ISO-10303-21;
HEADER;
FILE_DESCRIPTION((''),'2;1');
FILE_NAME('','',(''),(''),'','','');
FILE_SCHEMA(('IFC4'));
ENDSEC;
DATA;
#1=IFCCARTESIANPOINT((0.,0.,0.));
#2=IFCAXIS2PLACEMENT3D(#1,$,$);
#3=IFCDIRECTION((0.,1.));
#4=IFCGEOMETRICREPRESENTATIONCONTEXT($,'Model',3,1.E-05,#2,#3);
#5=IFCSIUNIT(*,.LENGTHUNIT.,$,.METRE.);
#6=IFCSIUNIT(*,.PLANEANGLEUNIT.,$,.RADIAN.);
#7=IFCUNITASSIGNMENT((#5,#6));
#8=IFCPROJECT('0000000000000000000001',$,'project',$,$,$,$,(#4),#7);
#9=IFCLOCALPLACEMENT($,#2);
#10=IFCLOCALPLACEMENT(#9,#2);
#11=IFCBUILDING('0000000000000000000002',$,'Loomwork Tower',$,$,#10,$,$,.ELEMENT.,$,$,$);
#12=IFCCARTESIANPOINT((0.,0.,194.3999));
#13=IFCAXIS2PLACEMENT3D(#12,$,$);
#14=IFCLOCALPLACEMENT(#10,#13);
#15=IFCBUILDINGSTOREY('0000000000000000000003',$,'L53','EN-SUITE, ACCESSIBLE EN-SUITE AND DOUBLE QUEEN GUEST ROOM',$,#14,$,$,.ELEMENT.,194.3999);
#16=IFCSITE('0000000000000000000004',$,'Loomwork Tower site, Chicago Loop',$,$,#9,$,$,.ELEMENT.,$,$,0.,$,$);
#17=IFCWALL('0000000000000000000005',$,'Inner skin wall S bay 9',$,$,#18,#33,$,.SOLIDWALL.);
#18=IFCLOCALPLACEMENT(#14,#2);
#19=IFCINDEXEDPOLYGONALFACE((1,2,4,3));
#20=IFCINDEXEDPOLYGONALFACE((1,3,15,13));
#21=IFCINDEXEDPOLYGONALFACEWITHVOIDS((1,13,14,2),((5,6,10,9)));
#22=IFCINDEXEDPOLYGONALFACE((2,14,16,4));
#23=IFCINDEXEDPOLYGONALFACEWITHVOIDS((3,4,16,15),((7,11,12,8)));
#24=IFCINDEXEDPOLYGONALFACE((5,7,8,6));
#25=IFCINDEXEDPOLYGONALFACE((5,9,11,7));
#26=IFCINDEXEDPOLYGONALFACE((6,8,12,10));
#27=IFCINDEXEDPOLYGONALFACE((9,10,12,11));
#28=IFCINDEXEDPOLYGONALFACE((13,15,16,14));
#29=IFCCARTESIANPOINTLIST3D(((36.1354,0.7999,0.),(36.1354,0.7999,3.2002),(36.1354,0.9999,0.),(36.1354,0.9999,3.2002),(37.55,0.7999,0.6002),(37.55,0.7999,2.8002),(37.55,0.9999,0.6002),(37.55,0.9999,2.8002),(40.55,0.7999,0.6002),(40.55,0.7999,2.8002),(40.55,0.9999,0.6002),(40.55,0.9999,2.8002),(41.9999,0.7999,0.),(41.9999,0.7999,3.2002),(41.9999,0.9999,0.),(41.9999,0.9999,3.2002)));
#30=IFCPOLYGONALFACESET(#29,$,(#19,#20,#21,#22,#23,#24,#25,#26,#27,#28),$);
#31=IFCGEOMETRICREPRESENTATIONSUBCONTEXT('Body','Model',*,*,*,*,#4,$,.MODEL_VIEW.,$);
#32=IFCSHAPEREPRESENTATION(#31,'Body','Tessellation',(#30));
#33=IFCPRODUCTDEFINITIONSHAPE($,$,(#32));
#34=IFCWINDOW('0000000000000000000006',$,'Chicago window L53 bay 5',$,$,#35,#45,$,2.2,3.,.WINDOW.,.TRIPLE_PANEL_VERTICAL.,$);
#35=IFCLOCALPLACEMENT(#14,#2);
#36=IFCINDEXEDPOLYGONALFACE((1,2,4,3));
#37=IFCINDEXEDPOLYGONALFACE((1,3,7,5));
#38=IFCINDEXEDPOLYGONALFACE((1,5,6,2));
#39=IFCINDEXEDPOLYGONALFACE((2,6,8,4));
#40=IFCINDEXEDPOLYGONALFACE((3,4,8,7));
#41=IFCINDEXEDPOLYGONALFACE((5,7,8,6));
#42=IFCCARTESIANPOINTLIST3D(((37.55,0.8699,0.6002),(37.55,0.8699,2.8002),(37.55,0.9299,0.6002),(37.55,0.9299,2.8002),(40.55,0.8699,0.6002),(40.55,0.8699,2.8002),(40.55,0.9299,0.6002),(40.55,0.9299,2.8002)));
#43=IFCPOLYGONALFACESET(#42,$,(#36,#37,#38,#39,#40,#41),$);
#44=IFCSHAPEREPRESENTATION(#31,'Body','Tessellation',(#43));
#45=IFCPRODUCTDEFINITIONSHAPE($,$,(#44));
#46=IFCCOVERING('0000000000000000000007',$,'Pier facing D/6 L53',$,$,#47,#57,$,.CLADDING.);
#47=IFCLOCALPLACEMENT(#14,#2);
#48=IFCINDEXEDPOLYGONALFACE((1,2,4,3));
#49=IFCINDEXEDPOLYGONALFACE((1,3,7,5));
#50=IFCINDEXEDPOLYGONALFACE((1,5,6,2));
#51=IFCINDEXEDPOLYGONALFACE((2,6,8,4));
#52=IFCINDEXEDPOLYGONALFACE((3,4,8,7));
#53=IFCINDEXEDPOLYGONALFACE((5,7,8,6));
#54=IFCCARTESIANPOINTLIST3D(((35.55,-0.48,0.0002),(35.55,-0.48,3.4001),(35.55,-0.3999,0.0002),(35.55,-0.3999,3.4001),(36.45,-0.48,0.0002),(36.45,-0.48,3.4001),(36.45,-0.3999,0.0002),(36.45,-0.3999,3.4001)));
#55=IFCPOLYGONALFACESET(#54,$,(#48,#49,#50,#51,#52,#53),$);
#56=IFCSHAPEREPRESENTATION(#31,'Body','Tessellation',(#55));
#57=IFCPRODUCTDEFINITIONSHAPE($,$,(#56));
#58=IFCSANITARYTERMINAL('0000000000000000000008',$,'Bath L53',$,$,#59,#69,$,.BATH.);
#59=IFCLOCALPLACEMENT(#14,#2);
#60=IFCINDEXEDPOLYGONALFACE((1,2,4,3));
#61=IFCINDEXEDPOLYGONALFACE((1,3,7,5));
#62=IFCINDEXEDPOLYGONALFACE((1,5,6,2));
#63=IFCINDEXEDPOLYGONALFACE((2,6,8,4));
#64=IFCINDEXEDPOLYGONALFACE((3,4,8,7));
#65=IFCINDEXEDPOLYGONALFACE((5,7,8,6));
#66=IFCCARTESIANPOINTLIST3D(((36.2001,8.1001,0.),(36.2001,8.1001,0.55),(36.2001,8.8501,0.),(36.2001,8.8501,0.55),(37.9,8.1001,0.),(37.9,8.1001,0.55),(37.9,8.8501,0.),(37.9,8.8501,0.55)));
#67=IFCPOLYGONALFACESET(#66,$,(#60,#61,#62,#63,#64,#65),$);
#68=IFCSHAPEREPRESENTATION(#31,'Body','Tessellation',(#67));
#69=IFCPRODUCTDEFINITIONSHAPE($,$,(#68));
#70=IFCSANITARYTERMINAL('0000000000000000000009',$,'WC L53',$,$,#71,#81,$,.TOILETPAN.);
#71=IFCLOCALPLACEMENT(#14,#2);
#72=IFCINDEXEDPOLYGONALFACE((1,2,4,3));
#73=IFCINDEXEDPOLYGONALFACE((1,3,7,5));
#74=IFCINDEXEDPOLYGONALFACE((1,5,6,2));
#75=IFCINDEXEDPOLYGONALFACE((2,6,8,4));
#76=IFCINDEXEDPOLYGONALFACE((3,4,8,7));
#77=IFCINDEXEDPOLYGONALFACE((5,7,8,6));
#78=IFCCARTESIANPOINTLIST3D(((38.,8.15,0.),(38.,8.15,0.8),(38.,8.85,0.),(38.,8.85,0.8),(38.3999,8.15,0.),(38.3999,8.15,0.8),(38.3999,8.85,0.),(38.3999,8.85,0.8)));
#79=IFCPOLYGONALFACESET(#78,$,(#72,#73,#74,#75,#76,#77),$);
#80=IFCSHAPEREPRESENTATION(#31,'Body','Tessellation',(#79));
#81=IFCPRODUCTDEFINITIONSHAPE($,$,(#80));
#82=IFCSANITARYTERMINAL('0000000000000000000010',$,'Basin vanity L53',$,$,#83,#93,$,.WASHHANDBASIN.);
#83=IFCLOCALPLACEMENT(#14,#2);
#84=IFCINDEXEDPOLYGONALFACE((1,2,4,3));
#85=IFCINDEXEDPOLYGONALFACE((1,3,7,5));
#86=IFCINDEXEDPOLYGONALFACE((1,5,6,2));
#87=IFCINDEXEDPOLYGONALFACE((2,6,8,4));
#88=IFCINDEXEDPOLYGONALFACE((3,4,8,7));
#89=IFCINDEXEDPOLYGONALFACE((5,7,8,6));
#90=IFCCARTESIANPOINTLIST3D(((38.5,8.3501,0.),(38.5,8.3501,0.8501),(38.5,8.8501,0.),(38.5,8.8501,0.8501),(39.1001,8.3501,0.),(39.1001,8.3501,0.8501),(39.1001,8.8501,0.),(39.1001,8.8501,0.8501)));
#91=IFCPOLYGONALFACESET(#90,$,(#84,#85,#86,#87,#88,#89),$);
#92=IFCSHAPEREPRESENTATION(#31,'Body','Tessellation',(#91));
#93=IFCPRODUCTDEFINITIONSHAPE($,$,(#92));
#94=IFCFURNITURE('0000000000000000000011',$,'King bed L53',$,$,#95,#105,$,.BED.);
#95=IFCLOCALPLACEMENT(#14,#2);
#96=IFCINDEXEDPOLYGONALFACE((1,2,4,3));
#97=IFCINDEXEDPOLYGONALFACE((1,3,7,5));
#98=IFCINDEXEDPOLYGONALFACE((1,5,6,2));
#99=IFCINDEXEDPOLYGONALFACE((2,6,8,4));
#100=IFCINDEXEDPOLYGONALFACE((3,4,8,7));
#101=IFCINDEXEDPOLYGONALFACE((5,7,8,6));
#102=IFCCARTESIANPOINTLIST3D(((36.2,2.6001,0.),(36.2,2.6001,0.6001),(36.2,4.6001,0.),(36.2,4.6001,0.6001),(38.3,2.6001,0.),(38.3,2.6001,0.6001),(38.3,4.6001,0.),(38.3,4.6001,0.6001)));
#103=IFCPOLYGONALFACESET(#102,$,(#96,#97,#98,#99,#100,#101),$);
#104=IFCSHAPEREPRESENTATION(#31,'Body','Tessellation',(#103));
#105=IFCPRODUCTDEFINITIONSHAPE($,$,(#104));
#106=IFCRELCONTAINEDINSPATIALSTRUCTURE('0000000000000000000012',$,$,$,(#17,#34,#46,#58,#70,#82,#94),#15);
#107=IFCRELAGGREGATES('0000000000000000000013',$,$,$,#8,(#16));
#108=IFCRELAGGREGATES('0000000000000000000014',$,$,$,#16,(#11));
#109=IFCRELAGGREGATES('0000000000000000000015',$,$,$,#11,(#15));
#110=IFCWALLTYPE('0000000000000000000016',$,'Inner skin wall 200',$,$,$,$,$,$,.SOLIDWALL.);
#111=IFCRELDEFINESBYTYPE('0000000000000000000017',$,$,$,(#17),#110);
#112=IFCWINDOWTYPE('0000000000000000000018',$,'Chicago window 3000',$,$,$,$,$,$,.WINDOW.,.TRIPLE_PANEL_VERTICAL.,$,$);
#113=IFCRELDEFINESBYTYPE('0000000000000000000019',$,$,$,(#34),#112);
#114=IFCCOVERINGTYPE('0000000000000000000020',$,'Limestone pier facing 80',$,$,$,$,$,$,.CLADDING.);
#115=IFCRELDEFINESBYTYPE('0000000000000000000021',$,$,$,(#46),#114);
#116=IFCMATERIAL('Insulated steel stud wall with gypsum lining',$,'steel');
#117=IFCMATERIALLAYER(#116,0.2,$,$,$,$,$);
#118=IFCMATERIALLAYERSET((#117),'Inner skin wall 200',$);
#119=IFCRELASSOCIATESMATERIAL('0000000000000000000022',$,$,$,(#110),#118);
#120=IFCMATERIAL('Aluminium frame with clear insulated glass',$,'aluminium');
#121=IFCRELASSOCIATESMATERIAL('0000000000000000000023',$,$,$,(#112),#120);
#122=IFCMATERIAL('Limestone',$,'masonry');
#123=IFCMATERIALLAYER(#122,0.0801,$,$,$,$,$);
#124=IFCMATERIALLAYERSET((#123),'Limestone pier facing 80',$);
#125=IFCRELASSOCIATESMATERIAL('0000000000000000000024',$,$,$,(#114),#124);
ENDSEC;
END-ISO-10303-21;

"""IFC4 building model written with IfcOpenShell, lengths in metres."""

from ifc_helpers import new_model, si_unit, direction, frame, frame_2d, origin, origin_2d, place, context, subcontext, project, spatial, rectangle, extrude, material, layer, layer_set, type_object, element, fill, save


model = new_model("IFC4")

# Units and contexts
model_context = context("Model", 3, precision=1e-05, world=origin(), true_north=direction((0.0, 1.0)))
body_context = subcontext(model_context, "Body", "Model", "MODEL_VIEW")
ifc_project = project(units=[si_unit("LENGTHUNIT", "METRE"), si_unit("PLANEANGLEUNIT", "RADIAN")], contexts=[model_context])

# Site, building, storey
site_placement = place(None, origin())
site = spatial("IfcSite", under=ifc_project, at=site_placement, Name="Loomwork Tower site, Chicago Loop", CompositionType="ELEMENT", RefElevation=0.0)
building_placement = place(site_placement, origin())
building = spatial("IfcBuilding", under=site, at=building_placement, Name="Loomwork Tower", CompositionType="ELEMENT")
storey_placement = place(building_placement, frame((0.0, 0.0, 194.3999)))
storey = spatial("IfcBuildingStorey", under=building, at=storey_placement, Name="L53", Description="EN-SUITE, ACCESSIBLE EN-SUITE AND DOUBLE QUEEN GUEST ROOM", CompositionType="ELEMENT", Elevation=194.3999)

# Shared definitions
ifc_material_1 = material(Name="Insulated steel stud wall with gypsum lining", Category="steel")
ifc_layer_1 = layer(ifc_material_1, 0.2)
ifc_layer_set_1 = layer_set([ifc_layer_1], Name="Inner skin wall 200")
wall_type_1 = type_object("IfcWallType", Name="Inner skin wall 200", PredefinedType="SOLIDWALL", material=ifc_layer_set_1)

# Wall, opening, window
wall_1_placement = place(storey_placement, frame((36.1355, 0.8999, 0.0), z_axis=(0.0, 0.0, 1.0), x_axis=(1.0, 0.0, 0.0)))
wall_1 = element("IfcWall", 1, at=wall_1_placement, inside=storey, type_object=wall_type_1, Name="Inner skin wall S bay 9", PredefinedType="SOLIDWALL", context=body_context, shape_type="SweptSolid", body=[
    extrude(rectangle(XDim=5.8645, YDim=0.2, at=frame_2d((2.9321, 0.0))), origin(), (0.0, 0.0, 1.0), 3.2002),
])
opening_1_placement = place(wall_1_placement, frame((1.4146, 0.0, 0.6001)))
opening_1 = element("IfcOpeningElement", 2, at=opening_1_placement, cuts=wall_1, PredefinedType="OPENING", context=body_context, shape_type="SweptSolid", body=[
    extrude(rectangle(XDim=3.0, YDim=2.2, at=frame_2d((1.5, 1.1001))), frame((0.0, 0.1099, 0.0), z_axis=(0.0, -1.0, 0.0), x_axis=(1.0, 0.0, 0.0)), (0.0, 0.0, 1.0), 0.22),
])
ifc_material_2 = material(Name="Aluminium frame with clear insulated glass", Category="aluminium")
window_type = type_object("IfcWindowType", Name="Chicago window 3000", PartitioningType="TRIPLE_PANEL_VERTICAL", PredefinedType="WINDOW", material=ifc_material_2)
window_placement = place(opening_1_placement, origin())
window = element("IfcWindow", 3, at=window_placement, inside=storey, type_object=window_type, Name="Chicago window L53 bay 5", OverallHeight=2.2, OverallWidth=3.0, PartitioningType="TRIPLE_PANEL_VERTICAL", PredefinedType="WINDOW", context=body_context, shape_type="SweptSolid", body=[
    extrude(rectangle(XDim=3.0, YDim=2.2, at=frame_2d((1.5, 1.1001))), frame((0.0, 0.03, 0.0), z_axis=(0.0, -1.0, 0.0), x_axis=(1.0, 0.0, 0.0)), (0.0, 0.0, 1.0), 0.0601),
])
fill(opening_1, window)

# Covering
ifc_material_3 = material(Name="Limestone", Category="masonry")
ifc_layer_2 = layer(ifc_material_3, 0.0801)
ifc_layer_set_2 = layer_set([ifc_layer_2], Name="Limestone pier facing 80")
covering_type = type_object("IfcCoveringType", Name="Limestone pier facing 80", PredefinedType="CLADDING", material=ifc_layer_set_2)
covering_placement = place(storey_placement, frame((36.0, -0.4399, 0.0002), z_axis=(0.0, 0.0, 1.0), x_axis=(1.0, 0.0, 0.0)))
element("IfcCovering", 4, at=covering_placement, inside=storey, type_object=covering_type, Name="Pier facing D/6 L53", PredefinedType="CLADDING", context=body_context, shape_type="SweptSolid", body=[
    extrude(rectangle(XDim=0.8999, YDim=0.0801, at=origin_2d()), origin(), (0.0, 0.0, 1.0), 3.3999),
])

# Sanitary terminals
sanitary_terminal_1_placement = place(storey_placement, frame((37.05, 8.4751, 0.0), z_axis=(0.0, 0.0, 1.0), x_axis=(1.0, 0.0, 0.0)))
element("IfcSanitaryTerminal", 5, at=sanitary_terminal_1_placement, inside=storey, Name="Bath L53", PredefinedType="BATH", context=body_context, shape_type="SweptSolid", body=[
    extrude(rectangle(XDim=1.7, YDim=0.75, at=origin_2d()), origin(), (0.0, 0.0, 1.0), 0.55),
])
sanitary_terminal_2_placement = place(storey_placement, frame((38.2, 8.5, 0.0), z_axis=(0.0, 0.0, 1.0), x_axis=(1.0, 0.0, 0.0)))
element("IfcSanitaryTerminal", 6, at=sanitary_terminal_2_placement, inside=storey, Name="WC L53", PredefinedType="TOILETPAN", context=body_context, shape_type="SweptSolid", body=[
    extrude(rectangle(XDim=0.3999, YDim=0.7, at=origin_2d()), origin(), (0.0, 0.0, 1.0), 0.8),
])
sanitary_terminal_3_placement = place(storey_placement, frame((38.8, 8.6001, 0.0), z_axis=(0.0, 0.0, 1.0), x_axis=(1.0, 0.0, 0.0)))
element("IfcSanitaryTerminal", 7, at=sanitary_terminal_3_placement, inside=storey, Name="Basin vanity L53", PredefinedType="WASHHANDBASIN", context=body_context, shape_type="SweptSolid", body=[
    extrude(rectangle(XDim=0.6001, YDim=0.5, at=origin_2d()), origin(), (0.0, 0.0, 1.0), 0.8501),
])

# Furniture
furniture_placement = place(storey_placement, frame((37.25, 3.6001, 0.0), z_axis=(0.0, 0.0, 1.0), x_axis=(1.0, 0.0, 0.0)))
element("IfcFurniture", 8, at=furniture_placement, inside=storey, Name="King bed L53", PredefinedType="BED", context=body_context, shape_type="SweptSolid", body=[
    extrude(rectangle(XDim=2.1001, YDim=2.0, at=origin_2d()), origin(), (0.0, 0.0, 1.0), 0.6001),
])

save(model, "model.ifc")
